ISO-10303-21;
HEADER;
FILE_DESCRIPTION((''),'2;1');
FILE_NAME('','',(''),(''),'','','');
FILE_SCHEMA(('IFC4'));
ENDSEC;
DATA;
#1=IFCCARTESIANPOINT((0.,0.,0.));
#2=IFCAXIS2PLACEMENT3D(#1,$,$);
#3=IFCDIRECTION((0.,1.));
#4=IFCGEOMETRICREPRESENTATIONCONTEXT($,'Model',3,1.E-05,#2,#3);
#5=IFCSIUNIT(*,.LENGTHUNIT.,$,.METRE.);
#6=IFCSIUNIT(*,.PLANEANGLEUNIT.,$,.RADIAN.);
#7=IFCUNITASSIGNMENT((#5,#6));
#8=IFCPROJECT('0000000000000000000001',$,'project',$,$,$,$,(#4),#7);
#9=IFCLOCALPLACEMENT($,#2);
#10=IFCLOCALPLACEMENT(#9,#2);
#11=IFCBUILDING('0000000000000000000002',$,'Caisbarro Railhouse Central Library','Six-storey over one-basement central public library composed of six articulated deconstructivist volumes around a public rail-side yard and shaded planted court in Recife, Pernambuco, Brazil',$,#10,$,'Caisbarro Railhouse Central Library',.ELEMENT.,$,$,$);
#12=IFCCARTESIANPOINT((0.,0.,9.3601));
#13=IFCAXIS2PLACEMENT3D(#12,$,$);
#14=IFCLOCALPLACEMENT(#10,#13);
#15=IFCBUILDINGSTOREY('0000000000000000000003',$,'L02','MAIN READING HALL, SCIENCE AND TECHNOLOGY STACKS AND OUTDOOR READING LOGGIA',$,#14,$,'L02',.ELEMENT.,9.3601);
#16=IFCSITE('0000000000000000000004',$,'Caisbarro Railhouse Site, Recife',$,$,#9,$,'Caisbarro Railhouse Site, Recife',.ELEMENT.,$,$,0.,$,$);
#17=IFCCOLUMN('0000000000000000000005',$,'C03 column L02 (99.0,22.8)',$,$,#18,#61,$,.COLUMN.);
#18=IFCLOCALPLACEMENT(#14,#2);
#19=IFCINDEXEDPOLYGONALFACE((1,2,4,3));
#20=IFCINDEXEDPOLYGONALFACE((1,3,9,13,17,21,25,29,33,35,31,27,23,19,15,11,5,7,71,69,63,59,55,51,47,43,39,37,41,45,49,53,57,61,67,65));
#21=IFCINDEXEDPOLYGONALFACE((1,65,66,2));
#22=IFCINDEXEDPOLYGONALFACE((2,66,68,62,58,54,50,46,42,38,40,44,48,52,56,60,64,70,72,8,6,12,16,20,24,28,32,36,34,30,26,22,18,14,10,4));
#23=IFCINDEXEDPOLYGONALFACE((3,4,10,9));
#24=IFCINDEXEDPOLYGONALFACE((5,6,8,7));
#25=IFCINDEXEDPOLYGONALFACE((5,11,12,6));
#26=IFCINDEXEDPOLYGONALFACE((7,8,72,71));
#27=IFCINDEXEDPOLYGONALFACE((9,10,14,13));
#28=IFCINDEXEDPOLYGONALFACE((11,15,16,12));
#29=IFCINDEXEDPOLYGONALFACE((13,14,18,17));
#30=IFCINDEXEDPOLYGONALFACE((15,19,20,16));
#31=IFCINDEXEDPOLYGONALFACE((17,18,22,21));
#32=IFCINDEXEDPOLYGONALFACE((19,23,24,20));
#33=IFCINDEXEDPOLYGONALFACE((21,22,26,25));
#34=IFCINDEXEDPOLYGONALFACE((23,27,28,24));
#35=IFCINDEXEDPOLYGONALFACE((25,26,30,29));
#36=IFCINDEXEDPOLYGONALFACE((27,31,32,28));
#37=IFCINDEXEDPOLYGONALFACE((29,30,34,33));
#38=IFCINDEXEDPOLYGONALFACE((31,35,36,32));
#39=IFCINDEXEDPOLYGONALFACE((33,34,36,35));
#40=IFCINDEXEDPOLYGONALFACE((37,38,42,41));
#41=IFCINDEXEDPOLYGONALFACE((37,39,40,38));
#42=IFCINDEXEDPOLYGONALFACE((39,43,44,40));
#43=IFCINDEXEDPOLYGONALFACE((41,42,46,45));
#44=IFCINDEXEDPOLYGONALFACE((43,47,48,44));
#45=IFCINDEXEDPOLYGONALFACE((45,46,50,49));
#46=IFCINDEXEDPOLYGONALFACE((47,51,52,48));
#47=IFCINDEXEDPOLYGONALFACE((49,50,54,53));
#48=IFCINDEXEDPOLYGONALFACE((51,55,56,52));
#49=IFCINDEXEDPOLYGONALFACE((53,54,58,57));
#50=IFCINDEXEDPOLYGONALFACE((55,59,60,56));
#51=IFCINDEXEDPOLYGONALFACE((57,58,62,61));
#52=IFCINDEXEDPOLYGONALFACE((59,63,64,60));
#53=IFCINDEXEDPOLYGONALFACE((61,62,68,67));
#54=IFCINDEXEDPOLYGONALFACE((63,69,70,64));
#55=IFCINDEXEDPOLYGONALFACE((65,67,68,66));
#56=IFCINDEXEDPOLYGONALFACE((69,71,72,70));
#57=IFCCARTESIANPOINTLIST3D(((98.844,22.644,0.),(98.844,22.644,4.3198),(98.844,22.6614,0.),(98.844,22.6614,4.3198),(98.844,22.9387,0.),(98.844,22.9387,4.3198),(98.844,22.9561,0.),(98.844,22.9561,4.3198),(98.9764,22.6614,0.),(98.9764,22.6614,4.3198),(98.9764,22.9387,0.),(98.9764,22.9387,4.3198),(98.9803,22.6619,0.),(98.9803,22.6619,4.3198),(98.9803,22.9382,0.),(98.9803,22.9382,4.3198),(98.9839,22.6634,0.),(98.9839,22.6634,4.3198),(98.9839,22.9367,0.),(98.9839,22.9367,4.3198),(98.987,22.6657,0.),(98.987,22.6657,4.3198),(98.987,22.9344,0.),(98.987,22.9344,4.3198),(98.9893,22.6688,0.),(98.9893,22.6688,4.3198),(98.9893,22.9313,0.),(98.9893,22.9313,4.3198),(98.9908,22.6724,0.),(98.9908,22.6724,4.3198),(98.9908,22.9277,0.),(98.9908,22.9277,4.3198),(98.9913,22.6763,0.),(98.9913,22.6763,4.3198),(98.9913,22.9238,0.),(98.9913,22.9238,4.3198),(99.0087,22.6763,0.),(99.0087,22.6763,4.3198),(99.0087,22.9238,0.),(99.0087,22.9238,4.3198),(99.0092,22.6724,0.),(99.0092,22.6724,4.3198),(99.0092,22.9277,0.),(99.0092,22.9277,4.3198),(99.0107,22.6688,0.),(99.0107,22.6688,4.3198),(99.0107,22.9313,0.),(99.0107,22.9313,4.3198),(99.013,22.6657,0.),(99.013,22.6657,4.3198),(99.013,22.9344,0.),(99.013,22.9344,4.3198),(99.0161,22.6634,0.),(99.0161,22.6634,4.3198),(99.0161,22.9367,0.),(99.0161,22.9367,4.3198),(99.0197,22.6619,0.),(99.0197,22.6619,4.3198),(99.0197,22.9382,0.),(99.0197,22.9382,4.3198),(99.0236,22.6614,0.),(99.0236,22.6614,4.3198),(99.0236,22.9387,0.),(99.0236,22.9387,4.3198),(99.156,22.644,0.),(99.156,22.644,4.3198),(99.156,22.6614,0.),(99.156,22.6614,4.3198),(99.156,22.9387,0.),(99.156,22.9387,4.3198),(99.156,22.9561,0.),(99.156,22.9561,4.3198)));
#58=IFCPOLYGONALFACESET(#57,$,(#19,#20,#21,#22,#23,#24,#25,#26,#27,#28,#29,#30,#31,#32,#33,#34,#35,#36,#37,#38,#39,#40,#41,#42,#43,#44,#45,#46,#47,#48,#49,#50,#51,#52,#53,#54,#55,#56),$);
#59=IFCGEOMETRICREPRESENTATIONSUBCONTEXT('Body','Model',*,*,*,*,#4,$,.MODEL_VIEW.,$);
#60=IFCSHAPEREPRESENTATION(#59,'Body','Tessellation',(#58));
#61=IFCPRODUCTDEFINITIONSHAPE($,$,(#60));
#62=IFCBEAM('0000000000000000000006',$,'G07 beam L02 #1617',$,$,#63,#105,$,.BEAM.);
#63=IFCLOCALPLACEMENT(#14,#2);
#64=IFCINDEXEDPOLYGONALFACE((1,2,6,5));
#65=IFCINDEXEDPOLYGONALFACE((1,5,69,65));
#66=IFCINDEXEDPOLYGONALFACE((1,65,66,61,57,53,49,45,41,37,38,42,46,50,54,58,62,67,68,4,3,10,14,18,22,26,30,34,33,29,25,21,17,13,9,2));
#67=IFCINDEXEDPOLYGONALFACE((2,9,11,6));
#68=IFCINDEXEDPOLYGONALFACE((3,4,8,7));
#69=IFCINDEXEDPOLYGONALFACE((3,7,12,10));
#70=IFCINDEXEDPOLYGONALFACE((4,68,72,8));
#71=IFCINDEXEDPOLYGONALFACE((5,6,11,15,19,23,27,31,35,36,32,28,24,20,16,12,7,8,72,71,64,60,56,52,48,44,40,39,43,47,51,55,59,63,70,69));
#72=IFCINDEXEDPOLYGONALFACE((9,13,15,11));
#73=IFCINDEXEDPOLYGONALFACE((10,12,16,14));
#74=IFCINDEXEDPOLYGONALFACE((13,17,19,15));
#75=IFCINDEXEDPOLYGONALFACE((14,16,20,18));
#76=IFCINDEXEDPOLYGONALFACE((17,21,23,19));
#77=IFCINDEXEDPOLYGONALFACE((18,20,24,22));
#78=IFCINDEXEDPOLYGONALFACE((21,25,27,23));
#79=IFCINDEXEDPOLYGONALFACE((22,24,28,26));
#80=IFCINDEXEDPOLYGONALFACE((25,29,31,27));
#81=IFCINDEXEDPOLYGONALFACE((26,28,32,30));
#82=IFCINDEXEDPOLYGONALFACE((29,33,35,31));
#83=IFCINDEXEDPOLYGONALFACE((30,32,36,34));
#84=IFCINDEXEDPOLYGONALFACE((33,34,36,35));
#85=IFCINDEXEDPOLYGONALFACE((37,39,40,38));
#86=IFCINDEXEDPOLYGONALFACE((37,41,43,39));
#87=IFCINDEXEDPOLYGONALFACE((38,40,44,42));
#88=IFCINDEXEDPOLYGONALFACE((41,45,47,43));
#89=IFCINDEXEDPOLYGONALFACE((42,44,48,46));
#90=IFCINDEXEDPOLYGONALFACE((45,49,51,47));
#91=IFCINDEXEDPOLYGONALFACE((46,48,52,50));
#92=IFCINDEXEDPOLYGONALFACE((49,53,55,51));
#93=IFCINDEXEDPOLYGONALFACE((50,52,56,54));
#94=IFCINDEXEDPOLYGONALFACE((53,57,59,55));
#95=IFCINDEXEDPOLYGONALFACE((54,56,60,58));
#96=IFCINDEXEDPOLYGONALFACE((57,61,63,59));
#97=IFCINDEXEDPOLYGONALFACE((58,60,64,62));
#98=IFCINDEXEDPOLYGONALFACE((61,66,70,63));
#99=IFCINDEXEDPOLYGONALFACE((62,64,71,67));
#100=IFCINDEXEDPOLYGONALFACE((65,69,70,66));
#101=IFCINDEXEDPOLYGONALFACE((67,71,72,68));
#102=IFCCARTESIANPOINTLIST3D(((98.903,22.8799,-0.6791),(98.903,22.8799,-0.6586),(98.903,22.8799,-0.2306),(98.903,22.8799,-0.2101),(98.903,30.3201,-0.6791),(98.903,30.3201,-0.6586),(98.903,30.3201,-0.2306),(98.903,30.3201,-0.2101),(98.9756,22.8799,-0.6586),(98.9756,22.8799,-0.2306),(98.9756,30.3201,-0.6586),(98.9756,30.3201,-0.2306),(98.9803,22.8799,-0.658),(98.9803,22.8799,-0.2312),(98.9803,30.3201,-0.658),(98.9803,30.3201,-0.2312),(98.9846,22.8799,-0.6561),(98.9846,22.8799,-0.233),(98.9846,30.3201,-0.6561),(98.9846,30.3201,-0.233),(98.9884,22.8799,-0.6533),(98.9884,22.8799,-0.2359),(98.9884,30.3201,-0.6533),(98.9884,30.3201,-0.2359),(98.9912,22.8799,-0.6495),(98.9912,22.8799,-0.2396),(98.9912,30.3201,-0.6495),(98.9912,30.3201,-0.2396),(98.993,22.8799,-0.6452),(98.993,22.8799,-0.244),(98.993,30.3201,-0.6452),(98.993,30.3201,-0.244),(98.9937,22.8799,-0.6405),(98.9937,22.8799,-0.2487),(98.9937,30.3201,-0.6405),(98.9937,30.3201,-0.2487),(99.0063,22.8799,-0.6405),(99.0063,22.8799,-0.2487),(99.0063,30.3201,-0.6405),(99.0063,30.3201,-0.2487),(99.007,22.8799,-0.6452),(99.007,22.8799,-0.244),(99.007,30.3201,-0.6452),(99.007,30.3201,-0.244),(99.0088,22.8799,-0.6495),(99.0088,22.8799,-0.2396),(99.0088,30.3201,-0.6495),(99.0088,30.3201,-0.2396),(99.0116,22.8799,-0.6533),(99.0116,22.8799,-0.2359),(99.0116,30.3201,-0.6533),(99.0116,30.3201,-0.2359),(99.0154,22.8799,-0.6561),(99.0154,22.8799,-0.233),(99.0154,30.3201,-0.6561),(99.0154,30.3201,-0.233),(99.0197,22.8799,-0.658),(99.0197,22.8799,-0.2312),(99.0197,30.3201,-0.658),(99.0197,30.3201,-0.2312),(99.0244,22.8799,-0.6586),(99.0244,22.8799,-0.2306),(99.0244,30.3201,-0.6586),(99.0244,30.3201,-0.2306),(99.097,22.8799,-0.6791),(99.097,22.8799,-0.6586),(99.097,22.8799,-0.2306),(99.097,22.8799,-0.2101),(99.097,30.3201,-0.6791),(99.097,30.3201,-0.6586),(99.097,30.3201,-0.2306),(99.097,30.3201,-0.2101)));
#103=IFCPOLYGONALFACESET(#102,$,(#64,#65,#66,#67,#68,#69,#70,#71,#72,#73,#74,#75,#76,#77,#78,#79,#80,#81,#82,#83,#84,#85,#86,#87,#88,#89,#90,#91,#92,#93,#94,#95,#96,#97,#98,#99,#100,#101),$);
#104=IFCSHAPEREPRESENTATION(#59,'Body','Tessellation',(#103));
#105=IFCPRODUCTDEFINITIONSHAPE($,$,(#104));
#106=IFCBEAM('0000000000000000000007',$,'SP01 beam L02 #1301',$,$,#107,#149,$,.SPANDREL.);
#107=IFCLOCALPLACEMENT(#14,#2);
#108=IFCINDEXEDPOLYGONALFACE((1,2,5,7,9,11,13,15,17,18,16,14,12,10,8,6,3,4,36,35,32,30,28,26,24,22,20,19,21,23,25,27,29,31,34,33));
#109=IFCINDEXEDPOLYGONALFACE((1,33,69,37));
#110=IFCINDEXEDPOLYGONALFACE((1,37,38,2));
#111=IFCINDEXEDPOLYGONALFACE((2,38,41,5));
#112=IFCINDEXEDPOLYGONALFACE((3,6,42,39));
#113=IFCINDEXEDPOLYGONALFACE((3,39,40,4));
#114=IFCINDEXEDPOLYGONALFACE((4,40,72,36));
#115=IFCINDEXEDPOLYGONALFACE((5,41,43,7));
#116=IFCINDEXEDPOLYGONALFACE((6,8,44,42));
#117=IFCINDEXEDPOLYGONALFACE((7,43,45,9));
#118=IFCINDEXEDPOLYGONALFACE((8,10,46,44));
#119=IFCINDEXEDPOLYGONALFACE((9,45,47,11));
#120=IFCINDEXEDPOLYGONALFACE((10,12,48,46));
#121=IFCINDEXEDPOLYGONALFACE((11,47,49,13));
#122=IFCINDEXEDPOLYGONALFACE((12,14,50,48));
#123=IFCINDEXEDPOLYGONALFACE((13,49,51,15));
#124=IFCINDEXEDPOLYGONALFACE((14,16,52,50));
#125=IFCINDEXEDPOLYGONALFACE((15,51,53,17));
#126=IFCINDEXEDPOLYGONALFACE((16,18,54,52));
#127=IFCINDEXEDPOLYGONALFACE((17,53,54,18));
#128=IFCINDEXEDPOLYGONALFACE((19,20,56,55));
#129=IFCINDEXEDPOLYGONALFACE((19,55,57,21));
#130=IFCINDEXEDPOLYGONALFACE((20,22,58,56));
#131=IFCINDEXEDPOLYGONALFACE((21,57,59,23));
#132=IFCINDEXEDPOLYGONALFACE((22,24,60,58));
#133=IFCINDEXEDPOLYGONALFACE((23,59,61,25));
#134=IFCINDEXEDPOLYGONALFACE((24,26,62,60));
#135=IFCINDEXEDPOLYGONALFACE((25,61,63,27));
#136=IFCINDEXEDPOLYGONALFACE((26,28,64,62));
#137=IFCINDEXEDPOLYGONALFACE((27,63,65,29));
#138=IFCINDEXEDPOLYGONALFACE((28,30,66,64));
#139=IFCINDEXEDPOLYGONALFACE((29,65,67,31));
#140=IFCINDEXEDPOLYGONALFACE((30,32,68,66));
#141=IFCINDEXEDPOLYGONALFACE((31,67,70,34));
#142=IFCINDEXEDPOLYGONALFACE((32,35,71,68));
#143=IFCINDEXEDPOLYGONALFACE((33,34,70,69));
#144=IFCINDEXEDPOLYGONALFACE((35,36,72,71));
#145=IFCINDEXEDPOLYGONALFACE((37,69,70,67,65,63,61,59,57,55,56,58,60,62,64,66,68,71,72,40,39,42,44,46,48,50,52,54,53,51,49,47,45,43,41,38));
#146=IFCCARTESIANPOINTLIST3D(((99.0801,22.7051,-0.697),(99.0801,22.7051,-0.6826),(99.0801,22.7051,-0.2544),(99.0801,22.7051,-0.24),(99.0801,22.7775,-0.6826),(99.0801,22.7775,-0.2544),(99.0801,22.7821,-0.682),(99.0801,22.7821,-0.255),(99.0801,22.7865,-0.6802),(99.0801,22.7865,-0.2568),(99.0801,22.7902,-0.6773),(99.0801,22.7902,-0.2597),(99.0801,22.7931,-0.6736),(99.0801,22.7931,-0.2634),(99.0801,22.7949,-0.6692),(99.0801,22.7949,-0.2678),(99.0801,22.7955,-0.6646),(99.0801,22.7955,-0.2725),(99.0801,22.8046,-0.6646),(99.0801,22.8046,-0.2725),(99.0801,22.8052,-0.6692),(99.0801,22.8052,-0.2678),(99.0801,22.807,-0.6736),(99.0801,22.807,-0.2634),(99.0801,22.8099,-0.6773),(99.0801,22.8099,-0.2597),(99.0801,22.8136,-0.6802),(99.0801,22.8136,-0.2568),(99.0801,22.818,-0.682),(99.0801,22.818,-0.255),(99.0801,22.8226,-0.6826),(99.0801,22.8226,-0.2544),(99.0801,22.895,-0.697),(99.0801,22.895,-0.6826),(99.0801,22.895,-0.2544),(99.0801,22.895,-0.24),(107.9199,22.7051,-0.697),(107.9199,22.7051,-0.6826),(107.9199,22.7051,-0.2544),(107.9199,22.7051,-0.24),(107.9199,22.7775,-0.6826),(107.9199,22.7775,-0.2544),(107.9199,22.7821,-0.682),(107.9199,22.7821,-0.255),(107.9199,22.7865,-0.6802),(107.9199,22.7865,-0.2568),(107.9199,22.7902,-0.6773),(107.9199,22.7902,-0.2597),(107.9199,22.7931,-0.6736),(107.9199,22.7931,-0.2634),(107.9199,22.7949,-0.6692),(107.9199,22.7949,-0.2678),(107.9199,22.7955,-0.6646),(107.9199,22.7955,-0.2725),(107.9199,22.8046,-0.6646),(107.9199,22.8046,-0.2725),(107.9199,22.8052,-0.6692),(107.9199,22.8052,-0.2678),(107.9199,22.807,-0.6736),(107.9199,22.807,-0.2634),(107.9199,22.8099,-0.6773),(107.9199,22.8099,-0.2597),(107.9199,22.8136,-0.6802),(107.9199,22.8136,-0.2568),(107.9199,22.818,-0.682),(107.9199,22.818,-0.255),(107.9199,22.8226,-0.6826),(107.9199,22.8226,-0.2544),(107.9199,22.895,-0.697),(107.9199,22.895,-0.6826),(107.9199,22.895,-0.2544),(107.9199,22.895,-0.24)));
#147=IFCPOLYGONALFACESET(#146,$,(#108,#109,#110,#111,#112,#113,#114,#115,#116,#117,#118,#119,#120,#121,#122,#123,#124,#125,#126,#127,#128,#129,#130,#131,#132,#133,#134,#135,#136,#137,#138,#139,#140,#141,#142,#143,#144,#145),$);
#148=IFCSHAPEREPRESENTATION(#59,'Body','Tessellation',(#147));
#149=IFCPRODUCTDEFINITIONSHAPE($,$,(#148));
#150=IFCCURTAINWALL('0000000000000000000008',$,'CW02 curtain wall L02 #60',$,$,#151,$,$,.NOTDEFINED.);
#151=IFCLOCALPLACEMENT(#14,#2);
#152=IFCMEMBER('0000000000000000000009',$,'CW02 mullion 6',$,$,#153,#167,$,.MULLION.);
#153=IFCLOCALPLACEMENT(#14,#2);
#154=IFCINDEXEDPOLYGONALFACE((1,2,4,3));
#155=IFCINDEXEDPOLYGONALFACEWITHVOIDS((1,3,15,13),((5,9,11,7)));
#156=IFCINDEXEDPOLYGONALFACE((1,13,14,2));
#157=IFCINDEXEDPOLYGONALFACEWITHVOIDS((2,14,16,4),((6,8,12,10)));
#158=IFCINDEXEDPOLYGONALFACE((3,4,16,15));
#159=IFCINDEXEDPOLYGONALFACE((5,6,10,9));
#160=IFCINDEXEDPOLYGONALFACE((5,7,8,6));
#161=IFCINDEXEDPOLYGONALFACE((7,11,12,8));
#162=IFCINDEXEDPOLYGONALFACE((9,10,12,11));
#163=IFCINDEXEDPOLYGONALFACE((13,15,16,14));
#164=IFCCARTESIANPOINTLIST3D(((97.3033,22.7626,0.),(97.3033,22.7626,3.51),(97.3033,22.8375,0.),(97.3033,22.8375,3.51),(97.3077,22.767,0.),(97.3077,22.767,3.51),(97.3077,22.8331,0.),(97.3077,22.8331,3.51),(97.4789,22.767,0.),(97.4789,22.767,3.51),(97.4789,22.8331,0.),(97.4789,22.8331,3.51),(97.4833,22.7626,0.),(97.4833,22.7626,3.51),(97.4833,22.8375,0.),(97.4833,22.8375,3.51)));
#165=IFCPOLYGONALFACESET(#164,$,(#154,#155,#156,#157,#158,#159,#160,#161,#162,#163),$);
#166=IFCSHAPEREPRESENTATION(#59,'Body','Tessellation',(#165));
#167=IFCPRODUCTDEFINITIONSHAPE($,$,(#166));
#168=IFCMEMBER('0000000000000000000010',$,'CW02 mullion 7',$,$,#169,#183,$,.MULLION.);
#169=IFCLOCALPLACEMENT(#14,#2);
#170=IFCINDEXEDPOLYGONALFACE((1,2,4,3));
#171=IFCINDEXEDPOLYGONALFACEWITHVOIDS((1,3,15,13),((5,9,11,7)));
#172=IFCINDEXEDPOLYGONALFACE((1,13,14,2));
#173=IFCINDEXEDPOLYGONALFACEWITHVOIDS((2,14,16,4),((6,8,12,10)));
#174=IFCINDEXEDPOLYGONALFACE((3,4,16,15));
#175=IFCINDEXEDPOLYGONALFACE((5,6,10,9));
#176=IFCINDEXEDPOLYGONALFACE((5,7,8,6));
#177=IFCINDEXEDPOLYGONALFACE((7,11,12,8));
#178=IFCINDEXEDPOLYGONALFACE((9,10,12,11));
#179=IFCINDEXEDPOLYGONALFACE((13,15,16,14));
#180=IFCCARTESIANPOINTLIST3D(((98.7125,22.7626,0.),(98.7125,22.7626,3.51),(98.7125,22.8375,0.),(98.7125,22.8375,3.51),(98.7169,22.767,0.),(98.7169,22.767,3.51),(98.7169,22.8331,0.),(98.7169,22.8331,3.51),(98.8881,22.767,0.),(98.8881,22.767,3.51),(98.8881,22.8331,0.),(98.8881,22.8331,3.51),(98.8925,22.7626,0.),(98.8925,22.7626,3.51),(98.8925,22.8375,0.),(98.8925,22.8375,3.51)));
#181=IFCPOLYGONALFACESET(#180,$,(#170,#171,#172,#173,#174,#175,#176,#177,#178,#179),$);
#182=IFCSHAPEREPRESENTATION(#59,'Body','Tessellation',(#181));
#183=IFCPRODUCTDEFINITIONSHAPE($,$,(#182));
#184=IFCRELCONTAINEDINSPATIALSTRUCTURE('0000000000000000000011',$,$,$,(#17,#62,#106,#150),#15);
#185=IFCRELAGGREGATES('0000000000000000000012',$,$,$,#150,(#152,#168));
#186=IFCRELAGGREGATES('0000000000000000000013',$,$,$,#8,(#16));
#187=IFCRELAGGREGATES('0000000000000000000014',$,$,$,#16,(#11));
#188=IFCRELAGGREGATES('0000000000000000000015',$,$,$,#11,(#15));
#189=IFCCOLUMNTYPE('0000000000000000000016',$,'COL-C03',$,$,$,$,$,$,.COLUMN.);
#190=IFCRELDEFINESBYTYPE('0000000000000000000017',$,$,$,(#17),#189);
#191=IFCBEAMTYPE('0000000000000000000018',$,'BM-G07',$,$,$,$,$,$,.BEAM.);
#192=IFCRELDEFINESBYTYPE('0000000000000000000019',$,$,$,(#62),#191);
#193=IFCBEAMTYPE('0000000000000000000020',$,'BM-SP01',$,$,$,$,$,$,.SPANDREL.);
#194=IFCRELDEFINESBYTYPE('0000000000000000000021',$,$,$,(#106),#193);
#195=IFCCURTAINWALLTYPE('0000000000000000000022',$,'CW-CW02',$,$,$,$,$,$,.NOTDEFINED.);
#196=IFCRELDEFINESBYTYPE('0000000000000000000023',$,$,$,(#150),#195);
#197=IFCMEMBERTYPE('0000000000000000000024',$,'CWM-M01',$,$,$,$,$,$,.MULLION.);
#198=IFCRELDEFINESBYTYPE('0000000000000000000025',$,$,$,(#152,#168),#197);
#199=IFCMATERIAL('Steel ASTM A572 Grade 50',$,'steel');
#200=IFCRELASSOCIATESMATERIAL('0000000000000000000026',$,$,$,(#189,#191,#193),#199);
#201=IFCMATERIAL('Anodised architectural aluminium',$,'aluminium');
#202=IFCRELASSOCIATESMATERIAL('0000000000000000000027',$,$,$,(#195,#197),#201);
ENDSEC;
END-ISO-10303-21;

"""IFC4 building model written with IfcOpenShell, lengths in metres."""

from ifc_helpers import new_model, si_unit, direction, frame, origin, origin_2d, place, context, subcontext, project, spatial, hollow_rectangle, i_section, extrude, material, material_profile, profile_set, type_object, element, aggregate, save


model = new_model("IFC4")

# Units and contexts
model_context = context("Model", 3, precision=1e-05, world=origin(), true_north=direction((0.0, 1.0)))
body_context = subcontext(model_context, "Body", "Model", "MODEL_VIEW")
ifc_project = project(units=[si_unit("LENGTHUNIT", "METRE"), si_unit("PLANEANGLEUNIT", "RADIAN")], contexts=[model_context])

# Site, building, storey
site_placement = place(None, origin())
site = spatial("IfcSite", under=ifc_project, at=site_placement, Name="Caisbarro Railhouse Site, Recife", LongName="Caisbarro Railhouse Site, Recife", CompositionType="ELEMENT", RefElevation=0.0)
building_placement = place(site_placement, origin())
building = spatial("IfcBuilding", under=site, at=building_placement, Name="Caisbarro Railhouse Central Library", Description="Six-storey over one-basement central public library composed of six articulated deconstructivist volumes around a public rail-side yard and shaded planted court in Recife, Pernambuco, Brazil", LongName="Caisbarro Railhouse Central Library", CompositionType="ELEMENT")
storey_placement = place(building_placement, frame((0.0, 0.0, 9.3601)))
storey = spatial("IfcBuildingStorey", under=building, at=storey_placement, Name="L02", Description="MAIN READING HALL, SCIENCE AND TECHNOLOGY STACKS AND OUTDOOR READING LOGGIA", LongName="L02", CompositionType="ELEMENT", Elevation=9.3601)

# Column
ifc_material_1 = material(Name="Steel ASTM A572 Grade 50", Category="steel")
ifc_material_profile_1 = material_profile(ifc_material_1, i_section(OverallWidth=0.312, OverallDepth=0.312, WebThickness=0.0173, FlangeThickness=0.0173, FilletRadius=0.0149, at=origin_2d()), Name="HP310X125.0")
ifc_profile_set_1 = profile_set([ifc_material_profile_1], Name="Steel ASTM A572 Grade 50")
column_type = type_object("IfcColumnType", Name="COL-C03", PredefinedType="COLUMN", material=ifc_profile_set_1)
column_placement = place(storey_placement, frame((99.0, 22.8, 0.0), z_axis=(0.0, 0.0, 1.0), x_axis=(1.0, 0.0, 0.0)))
element("IfcColumn", 1, at=column_placement, inside=storey, type_object=column_type, Name="C03 column L02 (99.0,22.8)", PredefinedType="COLUMN", context=body_context, shape_type="SweptSolid", body=[
    extrude(i_section(OverallWidth=0.312, OverallDepth=0.312, WebThickness=0.0173, FlangeThickness=0.0173, FilletRadius=0.0149, at=origin_2d()), origin(), (0.0, 0.0, 1.0), 4.3198),
])

# Beams
ifc_material_profile_2 = material_profile(ifc_material_1, i_section(OverallWidth=0.1941, OverallDepth=0.469, WebThickness=0.0127, FlangeThickness=0.0205, FilletRadius=0.0181, at=origin_2d()), Name="W460X106.0")
ifc_profile_set_2 = profile_set([ifc_material_profile_2], Name="Steel ASTM A572 Grade 50")
beam_type_1 = type_object("IfcBeamType", Name="BM-G07", PredefinedType="BEAM", material=ifc_profile_set_2)
beam_1_placement = place(storey_placement, frame((99.0, 22.8799, -0.4446), z_axis=(0.0, 1.0, 0.0), x_axis=(-1.0, 0.0, 0.0)))
element("IfcBeam", 2, at=beam_1_placement, inside=storey, type_object=beam_type_1, Name="G07 beam L02 #1617", PredefinedType="BEAM", context=body_context, shape_type="SweptSolid", body=[
    extrude(i_section(OverallWidth=0.1941, OverallDepth=0.469, WebThickness=0.0127, FlangeThickness=0.0205, FilletRadius=0.0181, at=origin_2d()), origin(), (0.0, 0.0, 1.0), 7.4402),
])
ifc_material_profile_3 = material_profile(ifc_material_1, i_section(OverallWidth=0.1899, OverallDepth=0.457, WebThickness=0.009, FlangeThickness=0.0144, FilletRadius=0.0181, at=origin_2d()), Name="W460X74.0")
ifc_profile_set_3 = profile_set([ifc_material_profile_3], Name="Steel ASTM A572 Grade 50")
beam_type_2 = type_object("IfcBeamType", Name="BM-SP01", PredefinedType="SPANDREL", material=ifc_profile_set_3)
beam_2_placement = place(storey_placement, frame((99.0801, 22.8, -0.4685), z_axis=(1.0, 0.0, 0.0), x_axis=(0.0, 1.0, 0.0)))
element("IfcBeam", 3, at=beam_2_placement, inside=storey, type_object=beam_type_2, Name="SP01 beam L02 #1301", PredefinedType="SPANDREL", context=body_context, shape_type="SweptSolid", body=[
    extrude(i_section(OverallWidth=0.1899, OverallDepth=0.457, WebThickness=0.009, FlangeThickness=0.0144, FilletRadius=0.0181, at=origin_2d()), origin(), (0.0, 0.0, 1.0), 8.8398),
])

# Curtain wall, members
ifc_material_2 = material(Name="Anodised architectural aluminium", Category="aluminium")
curtain_wall_type = type_object("IfcCurtainWallType", Name="CW-CW02", PredefinedType="NOTDEFINED", material=ifc_material_2)
curtain_wall_1_placement = place(storey_placement, origin())
curtain_wall_1 = element("IfcCurtainWall", 4, at=curtain_wall_1_placement, inside=storey, type_object=curtain_wall_type, Name="CW02 curtain wall L02 #60", PredefinedType="NOTDEFINED")
ifc_material_profile_4 = material_profile(ifc_material_2, hollow_rectangle(XDim=0.075, YDim=0.1799, WallThickness=0.0044, at=origin_2d()), Name="ALU-MUL-75X180")
ifc_profile_set_4 = profile_set([ifc_material_profile_4], Name="Anodised architectural aluminium")
member_type_1 = type_object("IfcMemberType", Name="CWM-M01", PredefinedType="MULLION", material=ifc_profile_set_4)
member_1_placement = place(storey_placement, frame((97.3933, 22.8, 0.0), z_axis=(0.0, 0.0, 1.0), x_axis=(0.0, 1.0, 0.0)))
member_1 = element("IfcMember", 5, at=member_1_placement, type_object=member_type_1, Name="CW02 mullion 6", PredefinedType="MULLION", context=body_context, shape_type="SweptSolid", body=[
    extrude(hollow_rectangle(XDim=0.075, YDim=0.1799, WallThickness=0.0044, at=origin_2d()), origin(), (0.0, 0.0, 1.0), 3.51),
])
member_2_placement = place(storey_placement, frame((98.8025, 22.8, 0.0), z_axis=(0.0, 0.0, 1.0), x_axis=(0.0, 1.0, 0.0)))
member_2 = element("IfcMember", 6, at=member_2_placement, type_object=member_type_1, Name="CW02 mullion 7", PredefinedType="MULLION", context=body_context, shape_type="SweptSolid", body=[
    extrude(hollow_rectangle(XDim=0.075, YDim=0.1799, WallThickness=0.0044, at=origin_2d()), origin(), (0.0, 0.0, 1.0), 3.51),
])

aggregate(curtain_wall_1, [member_1, member_2])

save(model, "model.ifc")
